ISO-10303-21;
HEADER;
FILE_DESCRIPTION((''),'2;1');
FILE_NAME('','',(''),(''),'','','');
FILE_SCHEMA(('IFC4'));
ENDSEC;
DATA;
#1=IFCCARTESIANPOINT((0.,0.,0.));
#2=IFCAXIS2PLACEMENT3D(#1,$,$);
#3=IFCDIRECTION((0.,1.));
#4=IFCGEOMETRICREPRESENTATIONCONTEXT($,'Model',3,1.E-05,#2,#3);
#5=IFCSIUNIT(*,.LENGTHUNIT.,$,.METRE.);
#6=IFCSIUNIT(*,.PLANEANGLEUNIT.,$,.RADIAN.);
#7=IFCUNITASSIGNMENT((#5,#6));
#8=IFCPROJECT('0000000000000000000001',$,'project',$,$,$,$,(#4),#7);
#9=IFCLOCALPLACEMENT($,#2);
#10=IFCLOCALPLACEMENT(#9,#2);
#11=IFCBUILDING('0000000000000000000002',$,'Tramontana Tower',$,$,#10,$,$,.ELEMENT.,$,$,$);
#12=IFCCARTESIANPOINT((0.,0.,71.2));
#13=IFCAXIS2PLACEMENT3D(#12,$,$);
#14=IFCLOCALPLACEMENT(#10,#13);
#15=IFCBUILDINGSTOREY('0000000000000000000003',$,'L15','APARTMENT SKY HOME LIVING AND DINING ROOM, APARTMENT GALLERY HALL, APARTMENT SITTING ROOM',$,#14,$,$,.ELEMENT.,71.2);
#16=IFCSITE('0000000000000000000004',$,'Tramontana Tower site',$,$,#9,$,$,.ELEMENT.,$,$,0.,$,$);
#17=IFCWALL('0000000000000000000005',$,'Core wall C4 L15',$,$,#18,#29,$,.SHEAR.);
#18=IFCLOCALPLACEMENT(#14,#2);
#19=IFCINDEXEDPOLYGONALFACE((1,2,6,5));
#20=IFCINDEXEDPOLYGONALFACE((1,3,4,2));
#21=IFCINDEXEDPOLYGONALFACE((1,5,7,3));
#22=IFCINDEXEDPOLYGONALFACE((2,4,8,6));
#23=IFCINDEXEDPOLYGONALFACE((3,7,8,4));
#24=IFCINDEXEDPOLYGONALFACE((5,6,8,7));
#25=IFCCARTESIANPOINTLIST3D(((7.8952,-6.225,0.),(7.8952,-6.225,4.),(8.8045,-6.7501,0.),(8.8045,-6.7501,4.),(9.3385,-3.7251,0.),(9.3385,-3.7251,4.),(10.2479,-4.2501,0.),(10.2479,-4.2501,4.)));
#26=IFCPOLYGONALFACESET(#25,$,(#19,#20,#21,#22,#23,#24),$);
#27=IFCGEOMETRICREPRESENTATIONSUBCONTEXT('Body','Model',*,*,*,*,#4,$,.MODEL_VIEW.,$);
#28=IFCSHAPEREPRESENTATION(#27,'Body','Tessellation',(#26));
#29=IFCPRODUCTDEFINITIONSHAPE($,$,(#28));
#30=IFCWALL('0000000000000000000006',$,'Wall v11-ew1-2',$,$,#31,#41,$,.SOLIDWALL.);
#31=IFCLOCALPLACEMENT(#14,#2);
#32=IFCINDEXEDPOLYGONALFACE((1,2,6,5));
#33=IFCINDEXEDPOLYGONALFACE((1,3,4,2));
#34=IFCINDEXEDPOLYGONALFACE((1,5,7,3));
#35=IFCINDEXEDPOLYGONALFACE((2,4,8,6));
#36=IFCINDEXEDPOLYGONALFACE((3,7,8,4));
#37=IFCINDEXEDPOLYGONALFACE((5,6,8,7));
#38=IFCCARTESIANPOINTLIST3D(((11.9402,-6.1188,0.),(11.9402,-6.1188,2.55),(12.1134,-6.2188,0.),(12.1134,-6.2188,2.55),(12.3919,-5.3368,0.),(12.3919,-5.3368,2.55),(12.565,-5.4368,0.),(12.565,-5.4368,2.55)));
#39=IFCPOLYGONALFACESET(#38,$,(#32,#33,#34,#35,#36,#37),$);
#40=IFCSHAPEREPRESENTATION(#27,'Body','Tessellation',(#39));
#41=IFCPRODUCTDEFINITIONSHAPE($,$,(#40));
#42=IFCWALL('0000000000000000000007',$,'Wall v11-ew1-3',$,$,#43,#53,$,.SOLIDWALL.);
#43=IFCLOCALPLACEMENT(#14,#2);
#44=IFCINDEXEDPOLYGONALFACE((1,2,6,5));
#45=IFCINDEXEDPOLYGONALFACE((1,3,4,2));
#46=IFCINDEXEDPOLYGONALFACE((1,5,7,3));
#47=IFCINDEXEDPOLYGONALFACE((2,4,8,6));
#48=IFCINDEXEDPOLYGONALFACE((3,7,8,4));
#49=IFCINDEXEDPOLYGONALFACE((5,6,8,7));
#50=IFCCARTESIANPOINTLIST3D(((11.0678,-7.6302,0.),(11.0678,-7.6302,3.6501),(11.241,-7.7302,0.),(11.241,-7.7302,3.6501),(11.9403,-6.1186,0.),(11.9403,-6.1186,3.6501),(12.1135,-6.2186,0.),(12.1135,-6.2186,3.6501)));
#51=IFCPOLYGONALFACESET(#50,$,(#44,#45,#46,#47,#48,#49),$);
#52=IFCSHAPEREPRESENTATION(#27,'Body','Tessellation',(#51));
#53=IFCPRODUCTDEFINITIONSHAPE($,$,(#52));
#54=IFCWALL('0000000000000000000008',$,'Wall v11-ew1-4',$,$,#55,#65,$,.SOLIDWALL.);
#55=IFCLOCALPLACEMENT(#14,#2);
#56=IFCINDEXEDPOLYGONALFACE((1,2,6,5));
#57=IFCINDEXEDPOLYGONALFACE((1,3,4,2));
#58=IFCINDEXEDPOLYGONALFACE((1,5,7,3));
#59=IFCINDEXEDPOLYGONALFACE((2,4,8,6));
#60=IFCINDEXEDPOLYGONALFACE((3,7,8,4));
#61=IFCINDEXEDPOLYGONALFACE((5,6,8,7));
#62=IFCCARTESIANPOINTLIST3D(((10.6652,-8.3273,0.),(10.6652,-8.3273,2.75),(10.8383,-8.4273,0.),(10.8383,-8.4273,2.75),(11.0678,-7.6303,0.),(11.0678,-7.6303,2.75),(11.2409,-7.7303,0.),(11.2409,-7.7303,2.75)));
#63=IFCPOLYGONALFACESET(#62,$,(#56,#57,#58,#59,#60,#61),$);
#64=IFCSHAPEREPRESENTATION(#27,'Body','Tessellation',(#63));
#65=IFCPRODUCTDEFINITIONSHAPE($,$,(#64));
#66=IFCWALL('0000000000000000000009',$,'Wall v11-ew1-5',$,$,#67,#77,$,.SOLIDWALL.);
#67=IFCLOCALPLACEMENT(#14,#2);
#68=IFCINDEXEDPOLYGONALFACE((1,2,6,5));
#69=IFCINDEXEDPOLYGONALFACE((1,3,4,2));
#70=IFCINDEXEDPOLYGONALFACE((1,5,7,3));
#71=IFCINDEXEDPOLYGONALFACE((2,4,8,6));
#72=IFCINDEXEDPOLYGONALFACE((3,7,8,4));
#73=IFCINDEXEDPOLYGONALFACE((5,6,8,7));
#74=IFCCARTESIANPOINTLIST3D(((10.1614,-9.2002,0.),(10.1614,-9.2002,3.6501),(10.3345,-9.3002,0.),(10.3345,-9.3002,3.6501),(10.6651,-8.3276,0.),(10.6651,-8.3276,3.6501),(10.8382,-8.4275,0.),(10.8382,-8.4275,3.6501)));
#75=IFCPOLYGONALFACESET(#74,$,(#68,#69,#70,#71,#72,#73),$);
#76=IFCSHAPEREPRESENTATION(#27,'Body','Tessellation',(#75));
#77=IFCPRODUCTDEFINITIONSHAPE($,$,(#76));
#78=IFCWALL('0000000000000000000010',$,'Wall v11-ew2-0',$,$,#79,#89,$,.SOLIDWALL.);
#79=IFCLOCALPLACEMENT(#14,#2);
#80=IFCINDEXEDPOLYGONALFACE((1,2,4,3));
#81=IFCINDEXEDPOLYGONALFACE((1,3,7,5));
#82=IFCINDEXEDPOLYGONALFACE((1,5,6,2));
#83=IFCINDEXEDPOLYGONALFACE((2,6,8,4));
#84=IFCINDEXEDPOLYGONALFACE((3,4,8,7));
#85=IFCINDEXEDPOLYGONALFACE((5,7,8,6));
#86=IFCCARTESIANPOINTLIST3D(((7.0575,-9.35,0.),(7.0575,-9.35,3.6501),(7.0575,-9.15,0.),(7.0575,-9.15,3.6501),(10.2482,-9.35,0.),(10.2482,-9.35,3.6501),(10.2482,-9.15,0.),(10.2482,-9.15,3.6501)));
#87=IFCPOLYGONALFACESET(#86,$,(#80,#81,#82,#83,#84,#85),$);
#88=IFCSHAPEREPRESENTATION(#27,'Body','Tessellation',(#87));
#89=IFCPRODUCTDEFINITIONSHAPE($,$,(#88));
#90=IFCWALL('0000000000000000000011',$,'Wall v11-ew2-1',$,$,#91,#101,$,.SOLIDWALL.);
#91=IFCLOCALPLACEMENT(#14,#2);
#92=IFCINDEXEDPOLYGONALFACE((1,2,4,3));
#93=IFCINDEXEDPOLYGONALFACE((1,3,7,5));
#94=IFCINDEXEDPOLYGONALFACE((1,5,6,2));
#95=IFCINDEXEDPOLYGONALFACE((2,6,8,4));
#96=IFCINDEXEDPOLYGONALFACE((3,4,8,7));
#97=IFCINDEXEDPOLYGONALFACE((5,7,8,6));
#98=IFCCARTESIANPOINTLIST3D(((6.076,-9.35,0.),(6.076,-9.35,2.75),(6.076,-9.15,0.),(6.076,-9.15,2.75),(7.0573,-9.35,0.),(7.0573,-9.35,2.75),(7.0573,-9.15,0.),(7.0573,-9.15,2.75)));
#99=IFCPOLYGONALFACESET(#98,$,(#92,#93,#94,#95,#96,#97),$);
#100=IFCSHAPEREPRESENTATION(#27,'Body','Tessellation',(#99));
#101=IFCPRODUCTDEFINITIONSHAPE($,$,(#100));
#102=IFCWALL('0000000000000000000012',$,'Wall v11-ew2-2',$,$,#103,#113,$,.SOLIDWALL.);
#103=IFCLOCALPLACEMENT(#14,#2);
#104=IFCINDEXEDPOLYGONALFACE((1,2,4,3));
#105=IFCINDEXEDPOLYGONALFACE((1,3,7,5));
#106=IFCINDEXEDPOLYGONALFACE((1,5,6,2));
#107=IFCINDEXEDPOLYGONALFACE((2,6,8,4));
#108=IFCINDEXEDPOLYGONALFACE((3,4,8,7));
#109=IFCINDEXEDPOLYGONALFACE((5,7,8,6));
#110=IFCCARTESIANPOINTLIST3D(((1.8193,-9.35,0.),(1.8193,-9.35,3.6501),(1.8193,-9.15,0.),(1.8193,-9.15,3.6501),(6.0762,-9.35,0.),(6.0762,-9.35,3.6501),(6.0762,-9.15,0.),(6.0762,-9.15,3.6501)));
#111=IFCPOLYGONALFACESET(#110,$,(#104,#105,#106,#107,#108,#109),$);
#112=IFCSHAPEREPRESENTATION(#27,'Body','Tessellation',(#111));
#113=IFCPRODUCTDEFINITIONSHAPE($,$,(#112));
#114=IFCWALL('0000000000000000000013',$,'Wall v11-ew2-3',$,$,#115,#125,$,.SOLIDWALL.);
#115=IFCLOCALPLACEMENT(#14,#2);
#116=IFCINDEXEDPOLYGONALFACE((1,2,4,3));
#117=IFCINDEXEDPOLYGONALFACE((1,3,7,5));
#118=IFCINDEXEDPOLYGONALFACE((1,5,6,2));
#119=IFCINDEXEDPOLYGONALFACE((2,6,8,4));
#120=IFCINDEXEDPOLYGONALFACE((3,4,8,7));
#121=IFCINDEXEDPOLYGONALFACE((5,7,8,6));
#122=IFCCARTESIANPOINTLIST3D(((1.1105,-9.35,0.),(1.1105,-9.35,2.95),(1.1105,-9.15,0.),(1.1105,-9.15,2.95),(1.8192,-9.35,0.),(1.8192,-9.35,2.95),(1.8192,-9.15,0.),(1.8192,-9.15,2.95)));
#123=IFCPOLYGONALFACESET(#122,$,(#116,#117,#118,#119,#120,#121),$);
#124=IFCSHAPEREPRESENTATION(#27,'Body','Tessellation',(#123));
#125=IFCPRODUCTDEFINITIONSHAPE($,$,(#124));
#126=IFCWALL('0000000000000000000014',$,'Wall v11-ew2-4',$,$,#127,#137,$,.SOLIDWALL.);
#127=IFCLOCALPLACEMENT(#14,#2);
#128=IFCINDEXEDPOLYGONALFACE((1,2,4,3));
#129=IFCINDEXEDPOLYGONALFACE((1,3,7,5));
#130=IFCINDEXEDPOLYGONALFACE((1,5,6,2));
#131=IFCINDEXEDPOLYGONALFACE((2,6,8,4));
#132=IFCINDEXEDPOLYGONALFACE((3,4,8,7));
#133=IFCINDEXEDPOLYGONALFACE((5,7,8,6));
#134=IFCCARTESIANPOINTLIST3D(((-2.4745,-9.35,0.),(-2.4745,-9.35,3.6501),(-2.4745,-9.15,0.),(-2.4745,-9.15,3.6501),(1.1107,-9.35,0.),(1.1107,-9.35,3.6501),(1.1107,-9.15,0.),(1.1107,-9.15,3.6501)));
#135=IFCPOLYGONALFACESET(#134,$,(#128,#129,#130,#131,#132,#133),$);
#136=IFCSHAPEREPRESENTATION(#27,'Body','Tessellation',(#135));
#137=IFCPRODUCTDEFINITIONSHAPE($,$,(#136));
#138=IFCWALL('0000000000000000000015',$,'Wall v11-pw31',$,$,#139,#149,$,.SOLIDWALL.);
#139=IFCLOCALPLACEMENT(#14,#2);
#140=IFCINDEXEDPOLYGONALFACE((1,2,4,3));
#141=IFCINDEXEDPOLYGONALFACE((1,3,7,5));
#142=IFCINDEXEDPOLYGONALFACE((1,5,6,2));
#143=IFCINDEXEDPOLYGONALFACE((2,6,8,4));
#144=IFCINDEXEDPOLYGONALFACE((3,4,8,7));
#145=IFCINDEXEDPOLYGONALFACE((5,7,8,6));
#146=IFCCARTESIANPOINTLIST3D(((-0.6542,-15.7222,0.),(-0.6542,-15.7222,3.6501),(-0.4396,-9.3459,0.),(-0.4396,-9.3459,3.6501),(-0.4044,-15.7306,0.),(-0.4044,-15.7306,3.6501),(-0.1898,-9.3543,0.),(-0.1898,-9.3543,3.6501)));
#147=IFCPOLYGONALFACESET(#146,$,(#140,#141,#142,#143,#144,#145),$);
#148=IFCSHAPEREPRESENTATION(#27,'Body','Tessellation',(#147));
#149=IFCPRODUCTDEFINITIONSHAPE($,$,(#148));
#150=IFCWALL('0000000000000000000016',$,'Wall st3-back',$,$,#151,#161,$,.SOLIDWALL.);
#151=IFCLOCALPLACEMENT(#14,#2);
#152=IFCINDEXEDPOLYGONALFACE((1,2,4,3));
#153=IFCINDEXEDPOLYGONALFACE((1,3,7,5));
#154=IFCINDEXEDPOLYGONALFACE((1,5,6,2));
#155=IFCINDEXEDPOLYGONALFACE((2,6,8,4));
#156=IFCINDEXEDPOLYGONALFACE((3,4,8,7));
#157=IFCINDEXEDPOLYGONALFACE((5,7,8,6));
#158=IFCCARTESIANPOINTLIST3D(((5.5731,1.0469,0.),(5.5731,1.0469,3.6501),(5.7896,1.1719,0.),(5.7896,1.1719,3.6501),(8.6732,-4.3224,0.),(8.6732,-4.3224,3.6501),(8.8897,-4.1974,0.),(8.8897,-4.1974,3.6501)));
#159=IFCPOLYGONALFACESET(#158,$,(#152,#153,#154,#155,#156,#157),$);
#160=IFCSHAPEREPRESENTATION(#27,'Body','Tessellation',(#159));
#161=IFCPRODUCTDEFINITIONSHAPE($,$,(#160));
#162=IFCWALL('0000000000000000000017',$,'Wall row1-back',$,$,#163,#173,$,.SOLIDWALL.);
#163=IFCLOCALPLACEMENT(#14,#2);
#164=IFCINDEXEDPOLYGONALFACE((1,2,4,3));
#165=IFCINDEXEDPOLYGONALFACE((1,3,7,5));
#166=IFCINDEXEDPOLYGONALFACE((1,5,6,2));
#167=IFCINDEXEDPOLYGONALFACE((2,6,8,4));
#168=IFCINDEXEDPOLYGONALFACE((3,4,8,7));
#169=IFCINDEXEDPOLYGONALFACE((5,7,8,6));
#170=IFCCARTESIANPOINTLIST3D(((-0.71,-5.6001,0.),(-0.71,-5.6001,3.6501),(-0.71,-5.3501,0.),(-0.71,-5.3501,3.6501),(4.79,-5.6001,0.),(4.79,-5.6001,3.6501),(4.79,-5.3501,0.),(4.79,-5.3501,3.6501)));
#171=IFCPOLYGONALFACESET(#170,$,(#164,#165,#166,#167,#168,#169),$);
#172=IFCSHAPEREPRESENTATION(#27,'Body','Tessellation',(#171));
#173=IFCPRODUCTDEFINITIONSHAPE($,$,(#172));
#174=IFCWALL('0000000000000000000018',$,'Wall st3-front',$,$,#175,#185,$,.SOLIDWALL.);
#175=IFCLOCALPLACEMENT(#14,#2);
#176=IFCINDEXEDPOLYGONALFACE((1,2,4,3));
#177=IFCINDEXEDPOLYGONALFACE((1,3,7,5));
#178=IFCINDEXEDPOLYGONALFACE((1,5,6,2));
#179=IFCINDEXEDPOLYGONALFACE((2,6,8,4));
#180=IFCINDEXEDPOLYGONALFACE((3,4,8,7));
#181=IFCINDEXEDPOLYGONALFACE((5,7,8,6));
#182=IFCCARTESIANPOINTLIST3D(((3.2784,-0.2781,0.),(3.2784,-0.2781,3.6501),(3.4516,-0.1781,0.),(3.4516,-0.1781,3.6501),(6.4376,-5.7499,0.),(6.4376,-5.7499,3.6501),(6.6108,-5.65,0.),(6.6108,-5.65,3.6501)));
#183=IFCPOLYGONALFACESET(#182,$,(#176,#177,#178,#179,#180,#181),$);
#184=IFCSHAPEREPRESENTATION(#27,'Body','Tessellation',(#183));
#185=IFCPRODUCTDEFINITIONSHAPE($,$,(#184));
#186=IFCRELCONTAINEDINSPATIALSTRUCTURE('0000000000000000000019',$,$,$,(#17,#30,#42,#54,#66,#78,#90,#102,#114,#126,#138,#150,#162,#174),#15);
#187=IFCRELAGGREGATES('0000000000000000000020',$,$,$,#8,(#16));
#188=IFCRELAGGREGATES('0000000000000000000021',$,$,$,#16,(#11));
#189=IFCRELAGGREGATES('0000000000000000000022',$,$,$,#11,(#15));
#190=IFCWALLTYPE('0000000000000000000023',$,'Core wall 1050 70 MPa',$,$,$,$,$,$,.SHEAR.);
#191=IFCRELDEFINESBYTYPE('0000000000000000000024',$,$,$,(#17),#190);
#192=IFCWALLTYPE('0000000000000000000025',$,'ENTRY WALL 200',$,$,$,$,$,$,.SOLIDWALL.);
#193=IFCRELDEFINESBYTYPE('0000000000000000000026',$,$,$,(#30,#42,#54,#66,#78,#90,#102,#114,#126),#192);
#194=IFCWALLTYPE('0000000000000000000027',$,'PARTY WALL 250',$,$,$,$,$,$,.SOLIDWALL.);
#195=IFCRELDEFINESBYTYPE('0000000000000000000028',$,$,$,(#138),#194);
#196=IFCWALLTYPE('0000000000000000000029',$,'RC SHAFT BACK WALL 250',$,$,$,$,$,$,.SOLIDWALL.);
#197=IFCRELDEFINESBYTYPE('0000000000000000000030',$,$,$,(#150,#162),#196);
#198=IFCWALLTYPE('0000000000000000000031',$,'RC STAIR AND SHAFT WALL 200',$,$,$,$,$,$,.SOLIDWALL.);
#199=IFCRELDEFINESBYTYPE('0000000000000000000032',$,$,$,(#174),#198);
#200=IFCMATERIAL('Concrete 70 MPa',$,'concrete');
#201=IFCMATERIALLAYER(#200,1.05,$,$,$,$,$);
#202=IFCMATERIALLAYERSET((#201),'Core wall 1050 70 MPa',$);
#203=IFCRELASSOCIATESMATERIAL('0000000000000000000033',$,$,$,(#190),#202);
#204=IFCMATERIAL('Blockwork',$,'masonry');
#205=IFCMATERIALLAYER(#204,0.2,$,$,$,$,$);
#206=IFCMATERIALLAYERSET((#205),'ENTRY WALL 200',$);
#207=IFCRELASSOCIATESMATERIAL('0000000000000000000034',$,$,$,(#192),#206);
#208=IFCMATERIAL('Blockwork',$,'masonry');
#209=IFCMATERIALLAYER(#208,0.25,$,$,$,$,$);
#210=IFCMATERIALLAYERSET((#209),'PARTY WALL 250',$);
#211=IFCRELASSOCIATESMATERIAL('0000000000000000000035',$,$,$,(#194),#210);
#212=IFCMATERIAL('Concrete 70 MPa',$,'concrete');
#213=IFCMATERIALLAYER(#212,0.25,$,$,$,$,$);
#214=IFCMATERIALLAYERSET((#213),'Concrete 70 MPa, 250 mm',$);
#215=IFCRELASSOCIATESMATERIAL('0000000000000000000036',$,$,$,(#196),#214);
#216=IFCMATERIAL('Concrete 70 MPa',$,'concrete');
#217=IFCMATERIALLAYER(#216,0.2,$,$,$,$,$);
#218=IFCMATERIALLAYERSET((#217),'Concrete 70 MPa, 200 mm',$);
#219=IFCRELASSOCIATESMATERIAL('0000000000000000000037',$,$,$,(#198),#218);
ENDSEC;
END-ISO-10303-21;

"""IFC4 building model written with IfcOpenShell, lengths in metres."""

from ifc_helpers import new_model, si_unit, direction, frame, frame_2d, origin, place, context, subcontext, project, spatial, rectangle, extrude, material, layer, layer_set, type_object, element, save


model = new_model("IFC4")

# Units and contexts
model_context = context("Model", 3, precision=1e-05, world=origin(), true_north=direction((0.0, 1.0)))
body_context = subcontext(model_context, "Body", "Model", "MODEL_VIEW")
ifc_project = project(units=[si_unit("LENGTHUNIT", "METRE"), si_unit("PLANEANGLEUNIT", "RADIAN")], contexts=[model_context])

# Site, building, storey
site_placement = place(None, origin())
site = spatial("IfcSite", under=ifc_project, at=site_placement, Name="Tramontana Tower site", CompositionType="ELEMENT", RefElevation=0.0)
building_placement = place(site_placement, origin())
building = spatial("IfcBuilding", under=site, at=building_placement, Name="Tramontana Tower", CompositionType="ELEMENT")
storey_placement = place(building_placement, frame((0.0, 0.0, 71.2)))
storey = spatial("IfcBuildingStorey", under=building, at=storey_placement, Name="L15", Description="APARTMENT SKY HOME LIVING AND DINING ROOM, APARTMENT GALLERY HALL, APARTMENT SITTING ROOM", CompositionType="ELEMENT", Elevation=71.2)

# Wall
ifc_material_1 = material(Name="Concrete 70 MPa", Category="concrete")
ifc_layer_1 = layer(ifc_material_1, 1.05)
ifc_layer_set_1 = layer_set([ifc_layer_1], Name="Core wall 1050 70 MPa")
wall_type_1 = type_object("IfcWallType", Name="Core wall 1050 70 MPa", PredefinedType="SHEAR", material=ifc_layer_set_1)
wall_1_placement = place(storey_placement, frame((8.3499, -6.4875, 0.0), z_axis=(0.0, 0.0, 1.0), x_axis=(0.499996, 0.866028, 0.0)))
element("IfcWall", 1, at=wall_1_placement, inside=storey, type_object=wall_type_1, Name="Core wall C4 L15", PredefinedType="SHEAR", context=body_context, shape_type="SweptSolid", body=[
    extrude(rectangle(XDim=2.8867, YDim=1.05, at=frame_2d((1.4434, 0.0))), origin(), (0.0, 0.0, 1.0), 4.0),
])

# Shared definitions
ifc_material_2 = material(Name="Blockwork", Category="masonry")
ifc_layer_2 = layer(ifc_material_2, 0.2)
ifc_layer_set_2 = layer_set([ifc_layer_2], Name="ENTRY WALL 200")
wall_type_2 = type_object("IfcWallType", Name="ENTRY WALL 200", PredefinedType="SOLIDWALL", material=ifc_layer_set_2)

# Walls
wall_2_placement = place(storey_placement, frame((12.4785, -5.3867, 0.0), z_axis=(0.0, 0.0, 1.0), x_axis=(-0.500151, -0.865938, 0.0)))
element("IfcWall", 2, at=wall_2_placement, inside=storey, type_object=wall_type_2, Name="Wall v11-ew1-2", PredefinedType="SOLIDWALL", context=body_context, shape_type="SweptSolid", body=[
    extrude(rectangle(XDim=0.9031, YDim=0.2, at=frame_2d((0.4517, 0.0))), origin(), (0.0, 0.0, 1.0), 2.55),
])
wall_3_placement = place(storey_placement, frame((12.0269, -6.1687, 0.0), z_axis=(0.0, 0.0, 1.0), x_axis=(-0.4999, -0.866083, 0.0)))
element("IfcWall", 3, at=wall_3_placement, inside=storey, type_object=wall_type_2, Name="Wall v11-ew1-3", PredefinedType="SOLIDWALL", context=body_context, shape_type="SweptSolid", body=[
    extrude(rectangle(XDim=1.7454, YDim=0.2, at=frame_2d((0.8726, 0.0))), origin(), (0.0, 0.0, 1.0), 3.6501),
])
wall_4_placement = place(storey_placement, frame((11.1543, -7.6804, 0.0), z_axis=(0.0, 0.0, 1.0), x_axis=(-0.500151, -0.865938, 0.0)))
element("IfcWall", 4, at=wall_4_placement, inside=storey, type_object=wall_type_2, Name="Wall v11-ew1-4", PredefinedType="SOLIDWALL", context=body_context, shape_type="SweptSolid", body=[
    extrude(rectangle(XDim=0.8049, YDim=0.2, at=frame_2d((0.4023, 0.0))), origin(), (0.0, 0.0, 1.0), 2.75),
])
wall_5_placement = place(storey_placement, frame((10.7517, -8.3774, 0.0), z_axis=(0.0, 0.0, 1.0), x_axis=(-0.499918, -0.866073, 0.0)))
element("IfcWall", 5, at=wall_5_placement, inside=storey, type_object=wall_type_2, Name="Wall v11-ew1-5", PredefinedType="SOLIDWALL", context=body_context, shape_type="SweptSolid", body=[
    extrude(rectangle(XDim=1.0076, YDim=0.2, at=frame_2d((0.5039, 0.0))), origin(), (0.0, 0.0, 1.0), 3.6501),
])
wall_6_placement = place(storey_placement, frame((10.248, -9.25, 0.0), z_axis=(0.0, 0.0, 1.0), x_axis=(-1.0, 0.0, 0.0)))
element("IfcWall", 6, at=wall_6_placement, inside=storey, type_object=wall_type_2, Name="Wall v11-ew2-0", PredefinedType="SOLIDWALL", context=body_context, shape_type="SweptSolid", body=[
    extrude(rectangle(XDim=3.1907, YDim=0.2, at=frame_2d((1.5952, 0.0))), origin(), (0.0, 0.0, 1.0), 3.6501),
])
wall_7_placement = place(storey_placement, frame((7.0574, -9.25, 0.0), z_axis=(0.0, 0.0, 1.0), x_axis=(-1.0, 0.0, 0.0)))
element("IfcWall", 7, at=wall_7_placement, inside=storey, type_object=wall_type_2, Name="Wall v11-ew2-1", PredefinedType="SOLIDWALL", context=body_context, shape_type="SweptSolid", body=[
    extrude(rectangle(XDim=0.9812, YDim=0.2, at=frame_2d((0.4907, 0.0))), origin(), (0.0, 0.0, 1.0), 2.75),
])
wall_8_placement = place(storey_placement, frame((6.0762, -9.25, 0.0), z_axis=(0.0, 0.0, 1.0), x_axis=(-1.0, 0.0, 0.0)))
element("IfcWall", 8, at=wall_8_placement, inside=storey, type_object=wall_type_2, Name="Wall v11-ew2-2", PredefinedType="SOLIDWALL", context=body_context, shape_type="SweptSolid", body=[
    extrude(rectangle(XDim=4.2568, YDim=0.2, at=frame_2d((2.1284, 0.0))), origin(), (0.0, 0.0, 1.0), 3.6501),
])
wall_9_placement = place(storey_placement, frame((1.8193, -9.25, 0.0), z_axis=(0.0, 0.0, 1.0), x_axis=(-1.0, 0.0, 0.0)))
element("IfcWall", 9, at=wall_9_placement, inside=storey, type_object=wall_type_2, Name="Wall v11-ew2-3", PredefinedType="SOLIDWALL", context=body_context, shape_type="SweptSolid", body=[
    extrude(rectangle(XDim=0.7087, YDim=0.2, at=frame_2d((0.3545, 0.0))), origin(), (0.0, 0.0, 1.0), 2.95),
])
wall_10_placement = place(storey_placement, frame((1.1106, -9.25, 0.0), z_axis=(0.0, 0.0, 1.0), x_axis=(-1.0, 0.0, 0.0)))
element("IfcWall", 10, at=wall_10_placement, inside=storey, type_object=wall_type_2, Name="Wall v11-ew2-4", PredefinedType="SOLIDWALL", context=body_context, shape_type="SweptSolid", body=[
    extrude(rectangle(XDim=3.5852, YDim=0.2, at=frame_2d((1.7925, 0.0))), origin(), (0.0, 0.0, 1.0), 3.6501),
])
ifc_material_3 = material(Name="Blockwork", Category="masonry")
ifc_layer_3 = layer(ifc_material_3, 0.25)
ifc_layer_set_3 = layer_set([ifc_layer_3], Name="PARTY WALL 250")
wall_type_3 = type_object("IfcWallType", Name="PARTY WALL 250", PredefinedType="SOLIDWALL", material=ifc_layer_set_3)
wall_11_placement = place(storey_placement, frame((-0.3147, -9.3501, 0.0), z_axis=(0.0, 0.0, 1.0), x_axis=(-0.033637, -0.999434, 0.0)))
element("IfcWall", 11, at=wall_11_placement, inside=storey, type_object=wall_type_3, Name="Wall v11-pw31", PredefinedType="SOLIDWALL", context=body_context, shape_type="SweptSolid", body=[
    extrude(rectangle(XDim=6.3799, YDim=0.25, at=frame_2d((3.1899, 0.0))), origin(), (0.0, 0.0, 1.0), 3.6501),
])
ifc_material_4 = material(Name="Concrete 70 MPa", Category="concrete")
ifc_layer_4 = layer(ifc_material_4, 0.25)
ifc_layer_set_4 = layer_set([ifc_layer_4], Name="Concrete 70 MPa, 250 mm")
wall_type_4 = type_object("IfcWallType", Name="RC SHAFT BACK WALL 250", PredefinedType="SOLIDWALL", material=ifc_layer_set_4)
wall_12_placement = place(storey_placement, frame((8.7815, -4.26, 0.0), z_axis=(0.0, 0.0, 1.0), x_axis=(-0.50001, 0.86602, 0.0)))
element("IfcWall", 12, at=wall_12_placement, inside=storey, type_object=wall_type_4, Name="Wall st3-back", PredefinedType="SOLIDWALL", context=body_context, shape_type="SweptSolid", body=[
    extrude(rectangle(XDim=6.2, YDim=0.25, at=frame_2d((3.1001, 0.0))), origin(), (0.0, 0.0, 1.0), 3.6501),
])
wall_13_placement = place(storey_placement, frame((-0.71, -5.4751, 0.0), z_axis=(0.0, 0.0, 1.0), x_axis=(1.0, 0.0, 0.0)))
element("IfcWall", 13, at=wall_13_placement, inside=storey, type_object=wall_type_4, Name="Wall row1-back", PredefinedType="SOLIDWALL", context=body_context, shape_type="SweptSolid", body=[
    extrude(rectangle(XDim=5.5, YDim=0.25, at=frame_2d((2.75, 0.0))), origin(), (0.0, 0.0, 1.0), 3.6501),
])
ifc_material_5 = material(Name="Concrete 70 MPa", Category="concrete")
ifc_layer_5 = layer(ifc_material_5, 0.2)
ifc_layer_set_5 = layer_set([ifc_layer_5], Name="Concrete 70 MPa, 200 mm")
wall_type_5 = type_object("IfcWallType", Name="RC STAIR AND SHAFT WALL 200", PredefinedType="SOLIDWALL", material=ifc_layer_set_5)
wall_14_placement = place(storey_placement, frame((6.5242, -5.7, 0.0), z_axis=(0.0, 0.0, 1.0), x_axis=(-0.499996, 0.866028, 0.0)))
element("IfcWall", 14, at=wall_14_placement, inside=storey, type_object=wall_type_5, Name="Wall st3-front", PredefinedType="SOLIDWALL", context=body_context, shape_type="SweptSolid", body=[
    extrude(rectangle(XDim=6.3184, YDim=0.2, at=frame_2d((3.1592, 0.0))), origin(), (0.0, 0.0, 1.0), 3.6501),
])

save(model, "model.ifc")
